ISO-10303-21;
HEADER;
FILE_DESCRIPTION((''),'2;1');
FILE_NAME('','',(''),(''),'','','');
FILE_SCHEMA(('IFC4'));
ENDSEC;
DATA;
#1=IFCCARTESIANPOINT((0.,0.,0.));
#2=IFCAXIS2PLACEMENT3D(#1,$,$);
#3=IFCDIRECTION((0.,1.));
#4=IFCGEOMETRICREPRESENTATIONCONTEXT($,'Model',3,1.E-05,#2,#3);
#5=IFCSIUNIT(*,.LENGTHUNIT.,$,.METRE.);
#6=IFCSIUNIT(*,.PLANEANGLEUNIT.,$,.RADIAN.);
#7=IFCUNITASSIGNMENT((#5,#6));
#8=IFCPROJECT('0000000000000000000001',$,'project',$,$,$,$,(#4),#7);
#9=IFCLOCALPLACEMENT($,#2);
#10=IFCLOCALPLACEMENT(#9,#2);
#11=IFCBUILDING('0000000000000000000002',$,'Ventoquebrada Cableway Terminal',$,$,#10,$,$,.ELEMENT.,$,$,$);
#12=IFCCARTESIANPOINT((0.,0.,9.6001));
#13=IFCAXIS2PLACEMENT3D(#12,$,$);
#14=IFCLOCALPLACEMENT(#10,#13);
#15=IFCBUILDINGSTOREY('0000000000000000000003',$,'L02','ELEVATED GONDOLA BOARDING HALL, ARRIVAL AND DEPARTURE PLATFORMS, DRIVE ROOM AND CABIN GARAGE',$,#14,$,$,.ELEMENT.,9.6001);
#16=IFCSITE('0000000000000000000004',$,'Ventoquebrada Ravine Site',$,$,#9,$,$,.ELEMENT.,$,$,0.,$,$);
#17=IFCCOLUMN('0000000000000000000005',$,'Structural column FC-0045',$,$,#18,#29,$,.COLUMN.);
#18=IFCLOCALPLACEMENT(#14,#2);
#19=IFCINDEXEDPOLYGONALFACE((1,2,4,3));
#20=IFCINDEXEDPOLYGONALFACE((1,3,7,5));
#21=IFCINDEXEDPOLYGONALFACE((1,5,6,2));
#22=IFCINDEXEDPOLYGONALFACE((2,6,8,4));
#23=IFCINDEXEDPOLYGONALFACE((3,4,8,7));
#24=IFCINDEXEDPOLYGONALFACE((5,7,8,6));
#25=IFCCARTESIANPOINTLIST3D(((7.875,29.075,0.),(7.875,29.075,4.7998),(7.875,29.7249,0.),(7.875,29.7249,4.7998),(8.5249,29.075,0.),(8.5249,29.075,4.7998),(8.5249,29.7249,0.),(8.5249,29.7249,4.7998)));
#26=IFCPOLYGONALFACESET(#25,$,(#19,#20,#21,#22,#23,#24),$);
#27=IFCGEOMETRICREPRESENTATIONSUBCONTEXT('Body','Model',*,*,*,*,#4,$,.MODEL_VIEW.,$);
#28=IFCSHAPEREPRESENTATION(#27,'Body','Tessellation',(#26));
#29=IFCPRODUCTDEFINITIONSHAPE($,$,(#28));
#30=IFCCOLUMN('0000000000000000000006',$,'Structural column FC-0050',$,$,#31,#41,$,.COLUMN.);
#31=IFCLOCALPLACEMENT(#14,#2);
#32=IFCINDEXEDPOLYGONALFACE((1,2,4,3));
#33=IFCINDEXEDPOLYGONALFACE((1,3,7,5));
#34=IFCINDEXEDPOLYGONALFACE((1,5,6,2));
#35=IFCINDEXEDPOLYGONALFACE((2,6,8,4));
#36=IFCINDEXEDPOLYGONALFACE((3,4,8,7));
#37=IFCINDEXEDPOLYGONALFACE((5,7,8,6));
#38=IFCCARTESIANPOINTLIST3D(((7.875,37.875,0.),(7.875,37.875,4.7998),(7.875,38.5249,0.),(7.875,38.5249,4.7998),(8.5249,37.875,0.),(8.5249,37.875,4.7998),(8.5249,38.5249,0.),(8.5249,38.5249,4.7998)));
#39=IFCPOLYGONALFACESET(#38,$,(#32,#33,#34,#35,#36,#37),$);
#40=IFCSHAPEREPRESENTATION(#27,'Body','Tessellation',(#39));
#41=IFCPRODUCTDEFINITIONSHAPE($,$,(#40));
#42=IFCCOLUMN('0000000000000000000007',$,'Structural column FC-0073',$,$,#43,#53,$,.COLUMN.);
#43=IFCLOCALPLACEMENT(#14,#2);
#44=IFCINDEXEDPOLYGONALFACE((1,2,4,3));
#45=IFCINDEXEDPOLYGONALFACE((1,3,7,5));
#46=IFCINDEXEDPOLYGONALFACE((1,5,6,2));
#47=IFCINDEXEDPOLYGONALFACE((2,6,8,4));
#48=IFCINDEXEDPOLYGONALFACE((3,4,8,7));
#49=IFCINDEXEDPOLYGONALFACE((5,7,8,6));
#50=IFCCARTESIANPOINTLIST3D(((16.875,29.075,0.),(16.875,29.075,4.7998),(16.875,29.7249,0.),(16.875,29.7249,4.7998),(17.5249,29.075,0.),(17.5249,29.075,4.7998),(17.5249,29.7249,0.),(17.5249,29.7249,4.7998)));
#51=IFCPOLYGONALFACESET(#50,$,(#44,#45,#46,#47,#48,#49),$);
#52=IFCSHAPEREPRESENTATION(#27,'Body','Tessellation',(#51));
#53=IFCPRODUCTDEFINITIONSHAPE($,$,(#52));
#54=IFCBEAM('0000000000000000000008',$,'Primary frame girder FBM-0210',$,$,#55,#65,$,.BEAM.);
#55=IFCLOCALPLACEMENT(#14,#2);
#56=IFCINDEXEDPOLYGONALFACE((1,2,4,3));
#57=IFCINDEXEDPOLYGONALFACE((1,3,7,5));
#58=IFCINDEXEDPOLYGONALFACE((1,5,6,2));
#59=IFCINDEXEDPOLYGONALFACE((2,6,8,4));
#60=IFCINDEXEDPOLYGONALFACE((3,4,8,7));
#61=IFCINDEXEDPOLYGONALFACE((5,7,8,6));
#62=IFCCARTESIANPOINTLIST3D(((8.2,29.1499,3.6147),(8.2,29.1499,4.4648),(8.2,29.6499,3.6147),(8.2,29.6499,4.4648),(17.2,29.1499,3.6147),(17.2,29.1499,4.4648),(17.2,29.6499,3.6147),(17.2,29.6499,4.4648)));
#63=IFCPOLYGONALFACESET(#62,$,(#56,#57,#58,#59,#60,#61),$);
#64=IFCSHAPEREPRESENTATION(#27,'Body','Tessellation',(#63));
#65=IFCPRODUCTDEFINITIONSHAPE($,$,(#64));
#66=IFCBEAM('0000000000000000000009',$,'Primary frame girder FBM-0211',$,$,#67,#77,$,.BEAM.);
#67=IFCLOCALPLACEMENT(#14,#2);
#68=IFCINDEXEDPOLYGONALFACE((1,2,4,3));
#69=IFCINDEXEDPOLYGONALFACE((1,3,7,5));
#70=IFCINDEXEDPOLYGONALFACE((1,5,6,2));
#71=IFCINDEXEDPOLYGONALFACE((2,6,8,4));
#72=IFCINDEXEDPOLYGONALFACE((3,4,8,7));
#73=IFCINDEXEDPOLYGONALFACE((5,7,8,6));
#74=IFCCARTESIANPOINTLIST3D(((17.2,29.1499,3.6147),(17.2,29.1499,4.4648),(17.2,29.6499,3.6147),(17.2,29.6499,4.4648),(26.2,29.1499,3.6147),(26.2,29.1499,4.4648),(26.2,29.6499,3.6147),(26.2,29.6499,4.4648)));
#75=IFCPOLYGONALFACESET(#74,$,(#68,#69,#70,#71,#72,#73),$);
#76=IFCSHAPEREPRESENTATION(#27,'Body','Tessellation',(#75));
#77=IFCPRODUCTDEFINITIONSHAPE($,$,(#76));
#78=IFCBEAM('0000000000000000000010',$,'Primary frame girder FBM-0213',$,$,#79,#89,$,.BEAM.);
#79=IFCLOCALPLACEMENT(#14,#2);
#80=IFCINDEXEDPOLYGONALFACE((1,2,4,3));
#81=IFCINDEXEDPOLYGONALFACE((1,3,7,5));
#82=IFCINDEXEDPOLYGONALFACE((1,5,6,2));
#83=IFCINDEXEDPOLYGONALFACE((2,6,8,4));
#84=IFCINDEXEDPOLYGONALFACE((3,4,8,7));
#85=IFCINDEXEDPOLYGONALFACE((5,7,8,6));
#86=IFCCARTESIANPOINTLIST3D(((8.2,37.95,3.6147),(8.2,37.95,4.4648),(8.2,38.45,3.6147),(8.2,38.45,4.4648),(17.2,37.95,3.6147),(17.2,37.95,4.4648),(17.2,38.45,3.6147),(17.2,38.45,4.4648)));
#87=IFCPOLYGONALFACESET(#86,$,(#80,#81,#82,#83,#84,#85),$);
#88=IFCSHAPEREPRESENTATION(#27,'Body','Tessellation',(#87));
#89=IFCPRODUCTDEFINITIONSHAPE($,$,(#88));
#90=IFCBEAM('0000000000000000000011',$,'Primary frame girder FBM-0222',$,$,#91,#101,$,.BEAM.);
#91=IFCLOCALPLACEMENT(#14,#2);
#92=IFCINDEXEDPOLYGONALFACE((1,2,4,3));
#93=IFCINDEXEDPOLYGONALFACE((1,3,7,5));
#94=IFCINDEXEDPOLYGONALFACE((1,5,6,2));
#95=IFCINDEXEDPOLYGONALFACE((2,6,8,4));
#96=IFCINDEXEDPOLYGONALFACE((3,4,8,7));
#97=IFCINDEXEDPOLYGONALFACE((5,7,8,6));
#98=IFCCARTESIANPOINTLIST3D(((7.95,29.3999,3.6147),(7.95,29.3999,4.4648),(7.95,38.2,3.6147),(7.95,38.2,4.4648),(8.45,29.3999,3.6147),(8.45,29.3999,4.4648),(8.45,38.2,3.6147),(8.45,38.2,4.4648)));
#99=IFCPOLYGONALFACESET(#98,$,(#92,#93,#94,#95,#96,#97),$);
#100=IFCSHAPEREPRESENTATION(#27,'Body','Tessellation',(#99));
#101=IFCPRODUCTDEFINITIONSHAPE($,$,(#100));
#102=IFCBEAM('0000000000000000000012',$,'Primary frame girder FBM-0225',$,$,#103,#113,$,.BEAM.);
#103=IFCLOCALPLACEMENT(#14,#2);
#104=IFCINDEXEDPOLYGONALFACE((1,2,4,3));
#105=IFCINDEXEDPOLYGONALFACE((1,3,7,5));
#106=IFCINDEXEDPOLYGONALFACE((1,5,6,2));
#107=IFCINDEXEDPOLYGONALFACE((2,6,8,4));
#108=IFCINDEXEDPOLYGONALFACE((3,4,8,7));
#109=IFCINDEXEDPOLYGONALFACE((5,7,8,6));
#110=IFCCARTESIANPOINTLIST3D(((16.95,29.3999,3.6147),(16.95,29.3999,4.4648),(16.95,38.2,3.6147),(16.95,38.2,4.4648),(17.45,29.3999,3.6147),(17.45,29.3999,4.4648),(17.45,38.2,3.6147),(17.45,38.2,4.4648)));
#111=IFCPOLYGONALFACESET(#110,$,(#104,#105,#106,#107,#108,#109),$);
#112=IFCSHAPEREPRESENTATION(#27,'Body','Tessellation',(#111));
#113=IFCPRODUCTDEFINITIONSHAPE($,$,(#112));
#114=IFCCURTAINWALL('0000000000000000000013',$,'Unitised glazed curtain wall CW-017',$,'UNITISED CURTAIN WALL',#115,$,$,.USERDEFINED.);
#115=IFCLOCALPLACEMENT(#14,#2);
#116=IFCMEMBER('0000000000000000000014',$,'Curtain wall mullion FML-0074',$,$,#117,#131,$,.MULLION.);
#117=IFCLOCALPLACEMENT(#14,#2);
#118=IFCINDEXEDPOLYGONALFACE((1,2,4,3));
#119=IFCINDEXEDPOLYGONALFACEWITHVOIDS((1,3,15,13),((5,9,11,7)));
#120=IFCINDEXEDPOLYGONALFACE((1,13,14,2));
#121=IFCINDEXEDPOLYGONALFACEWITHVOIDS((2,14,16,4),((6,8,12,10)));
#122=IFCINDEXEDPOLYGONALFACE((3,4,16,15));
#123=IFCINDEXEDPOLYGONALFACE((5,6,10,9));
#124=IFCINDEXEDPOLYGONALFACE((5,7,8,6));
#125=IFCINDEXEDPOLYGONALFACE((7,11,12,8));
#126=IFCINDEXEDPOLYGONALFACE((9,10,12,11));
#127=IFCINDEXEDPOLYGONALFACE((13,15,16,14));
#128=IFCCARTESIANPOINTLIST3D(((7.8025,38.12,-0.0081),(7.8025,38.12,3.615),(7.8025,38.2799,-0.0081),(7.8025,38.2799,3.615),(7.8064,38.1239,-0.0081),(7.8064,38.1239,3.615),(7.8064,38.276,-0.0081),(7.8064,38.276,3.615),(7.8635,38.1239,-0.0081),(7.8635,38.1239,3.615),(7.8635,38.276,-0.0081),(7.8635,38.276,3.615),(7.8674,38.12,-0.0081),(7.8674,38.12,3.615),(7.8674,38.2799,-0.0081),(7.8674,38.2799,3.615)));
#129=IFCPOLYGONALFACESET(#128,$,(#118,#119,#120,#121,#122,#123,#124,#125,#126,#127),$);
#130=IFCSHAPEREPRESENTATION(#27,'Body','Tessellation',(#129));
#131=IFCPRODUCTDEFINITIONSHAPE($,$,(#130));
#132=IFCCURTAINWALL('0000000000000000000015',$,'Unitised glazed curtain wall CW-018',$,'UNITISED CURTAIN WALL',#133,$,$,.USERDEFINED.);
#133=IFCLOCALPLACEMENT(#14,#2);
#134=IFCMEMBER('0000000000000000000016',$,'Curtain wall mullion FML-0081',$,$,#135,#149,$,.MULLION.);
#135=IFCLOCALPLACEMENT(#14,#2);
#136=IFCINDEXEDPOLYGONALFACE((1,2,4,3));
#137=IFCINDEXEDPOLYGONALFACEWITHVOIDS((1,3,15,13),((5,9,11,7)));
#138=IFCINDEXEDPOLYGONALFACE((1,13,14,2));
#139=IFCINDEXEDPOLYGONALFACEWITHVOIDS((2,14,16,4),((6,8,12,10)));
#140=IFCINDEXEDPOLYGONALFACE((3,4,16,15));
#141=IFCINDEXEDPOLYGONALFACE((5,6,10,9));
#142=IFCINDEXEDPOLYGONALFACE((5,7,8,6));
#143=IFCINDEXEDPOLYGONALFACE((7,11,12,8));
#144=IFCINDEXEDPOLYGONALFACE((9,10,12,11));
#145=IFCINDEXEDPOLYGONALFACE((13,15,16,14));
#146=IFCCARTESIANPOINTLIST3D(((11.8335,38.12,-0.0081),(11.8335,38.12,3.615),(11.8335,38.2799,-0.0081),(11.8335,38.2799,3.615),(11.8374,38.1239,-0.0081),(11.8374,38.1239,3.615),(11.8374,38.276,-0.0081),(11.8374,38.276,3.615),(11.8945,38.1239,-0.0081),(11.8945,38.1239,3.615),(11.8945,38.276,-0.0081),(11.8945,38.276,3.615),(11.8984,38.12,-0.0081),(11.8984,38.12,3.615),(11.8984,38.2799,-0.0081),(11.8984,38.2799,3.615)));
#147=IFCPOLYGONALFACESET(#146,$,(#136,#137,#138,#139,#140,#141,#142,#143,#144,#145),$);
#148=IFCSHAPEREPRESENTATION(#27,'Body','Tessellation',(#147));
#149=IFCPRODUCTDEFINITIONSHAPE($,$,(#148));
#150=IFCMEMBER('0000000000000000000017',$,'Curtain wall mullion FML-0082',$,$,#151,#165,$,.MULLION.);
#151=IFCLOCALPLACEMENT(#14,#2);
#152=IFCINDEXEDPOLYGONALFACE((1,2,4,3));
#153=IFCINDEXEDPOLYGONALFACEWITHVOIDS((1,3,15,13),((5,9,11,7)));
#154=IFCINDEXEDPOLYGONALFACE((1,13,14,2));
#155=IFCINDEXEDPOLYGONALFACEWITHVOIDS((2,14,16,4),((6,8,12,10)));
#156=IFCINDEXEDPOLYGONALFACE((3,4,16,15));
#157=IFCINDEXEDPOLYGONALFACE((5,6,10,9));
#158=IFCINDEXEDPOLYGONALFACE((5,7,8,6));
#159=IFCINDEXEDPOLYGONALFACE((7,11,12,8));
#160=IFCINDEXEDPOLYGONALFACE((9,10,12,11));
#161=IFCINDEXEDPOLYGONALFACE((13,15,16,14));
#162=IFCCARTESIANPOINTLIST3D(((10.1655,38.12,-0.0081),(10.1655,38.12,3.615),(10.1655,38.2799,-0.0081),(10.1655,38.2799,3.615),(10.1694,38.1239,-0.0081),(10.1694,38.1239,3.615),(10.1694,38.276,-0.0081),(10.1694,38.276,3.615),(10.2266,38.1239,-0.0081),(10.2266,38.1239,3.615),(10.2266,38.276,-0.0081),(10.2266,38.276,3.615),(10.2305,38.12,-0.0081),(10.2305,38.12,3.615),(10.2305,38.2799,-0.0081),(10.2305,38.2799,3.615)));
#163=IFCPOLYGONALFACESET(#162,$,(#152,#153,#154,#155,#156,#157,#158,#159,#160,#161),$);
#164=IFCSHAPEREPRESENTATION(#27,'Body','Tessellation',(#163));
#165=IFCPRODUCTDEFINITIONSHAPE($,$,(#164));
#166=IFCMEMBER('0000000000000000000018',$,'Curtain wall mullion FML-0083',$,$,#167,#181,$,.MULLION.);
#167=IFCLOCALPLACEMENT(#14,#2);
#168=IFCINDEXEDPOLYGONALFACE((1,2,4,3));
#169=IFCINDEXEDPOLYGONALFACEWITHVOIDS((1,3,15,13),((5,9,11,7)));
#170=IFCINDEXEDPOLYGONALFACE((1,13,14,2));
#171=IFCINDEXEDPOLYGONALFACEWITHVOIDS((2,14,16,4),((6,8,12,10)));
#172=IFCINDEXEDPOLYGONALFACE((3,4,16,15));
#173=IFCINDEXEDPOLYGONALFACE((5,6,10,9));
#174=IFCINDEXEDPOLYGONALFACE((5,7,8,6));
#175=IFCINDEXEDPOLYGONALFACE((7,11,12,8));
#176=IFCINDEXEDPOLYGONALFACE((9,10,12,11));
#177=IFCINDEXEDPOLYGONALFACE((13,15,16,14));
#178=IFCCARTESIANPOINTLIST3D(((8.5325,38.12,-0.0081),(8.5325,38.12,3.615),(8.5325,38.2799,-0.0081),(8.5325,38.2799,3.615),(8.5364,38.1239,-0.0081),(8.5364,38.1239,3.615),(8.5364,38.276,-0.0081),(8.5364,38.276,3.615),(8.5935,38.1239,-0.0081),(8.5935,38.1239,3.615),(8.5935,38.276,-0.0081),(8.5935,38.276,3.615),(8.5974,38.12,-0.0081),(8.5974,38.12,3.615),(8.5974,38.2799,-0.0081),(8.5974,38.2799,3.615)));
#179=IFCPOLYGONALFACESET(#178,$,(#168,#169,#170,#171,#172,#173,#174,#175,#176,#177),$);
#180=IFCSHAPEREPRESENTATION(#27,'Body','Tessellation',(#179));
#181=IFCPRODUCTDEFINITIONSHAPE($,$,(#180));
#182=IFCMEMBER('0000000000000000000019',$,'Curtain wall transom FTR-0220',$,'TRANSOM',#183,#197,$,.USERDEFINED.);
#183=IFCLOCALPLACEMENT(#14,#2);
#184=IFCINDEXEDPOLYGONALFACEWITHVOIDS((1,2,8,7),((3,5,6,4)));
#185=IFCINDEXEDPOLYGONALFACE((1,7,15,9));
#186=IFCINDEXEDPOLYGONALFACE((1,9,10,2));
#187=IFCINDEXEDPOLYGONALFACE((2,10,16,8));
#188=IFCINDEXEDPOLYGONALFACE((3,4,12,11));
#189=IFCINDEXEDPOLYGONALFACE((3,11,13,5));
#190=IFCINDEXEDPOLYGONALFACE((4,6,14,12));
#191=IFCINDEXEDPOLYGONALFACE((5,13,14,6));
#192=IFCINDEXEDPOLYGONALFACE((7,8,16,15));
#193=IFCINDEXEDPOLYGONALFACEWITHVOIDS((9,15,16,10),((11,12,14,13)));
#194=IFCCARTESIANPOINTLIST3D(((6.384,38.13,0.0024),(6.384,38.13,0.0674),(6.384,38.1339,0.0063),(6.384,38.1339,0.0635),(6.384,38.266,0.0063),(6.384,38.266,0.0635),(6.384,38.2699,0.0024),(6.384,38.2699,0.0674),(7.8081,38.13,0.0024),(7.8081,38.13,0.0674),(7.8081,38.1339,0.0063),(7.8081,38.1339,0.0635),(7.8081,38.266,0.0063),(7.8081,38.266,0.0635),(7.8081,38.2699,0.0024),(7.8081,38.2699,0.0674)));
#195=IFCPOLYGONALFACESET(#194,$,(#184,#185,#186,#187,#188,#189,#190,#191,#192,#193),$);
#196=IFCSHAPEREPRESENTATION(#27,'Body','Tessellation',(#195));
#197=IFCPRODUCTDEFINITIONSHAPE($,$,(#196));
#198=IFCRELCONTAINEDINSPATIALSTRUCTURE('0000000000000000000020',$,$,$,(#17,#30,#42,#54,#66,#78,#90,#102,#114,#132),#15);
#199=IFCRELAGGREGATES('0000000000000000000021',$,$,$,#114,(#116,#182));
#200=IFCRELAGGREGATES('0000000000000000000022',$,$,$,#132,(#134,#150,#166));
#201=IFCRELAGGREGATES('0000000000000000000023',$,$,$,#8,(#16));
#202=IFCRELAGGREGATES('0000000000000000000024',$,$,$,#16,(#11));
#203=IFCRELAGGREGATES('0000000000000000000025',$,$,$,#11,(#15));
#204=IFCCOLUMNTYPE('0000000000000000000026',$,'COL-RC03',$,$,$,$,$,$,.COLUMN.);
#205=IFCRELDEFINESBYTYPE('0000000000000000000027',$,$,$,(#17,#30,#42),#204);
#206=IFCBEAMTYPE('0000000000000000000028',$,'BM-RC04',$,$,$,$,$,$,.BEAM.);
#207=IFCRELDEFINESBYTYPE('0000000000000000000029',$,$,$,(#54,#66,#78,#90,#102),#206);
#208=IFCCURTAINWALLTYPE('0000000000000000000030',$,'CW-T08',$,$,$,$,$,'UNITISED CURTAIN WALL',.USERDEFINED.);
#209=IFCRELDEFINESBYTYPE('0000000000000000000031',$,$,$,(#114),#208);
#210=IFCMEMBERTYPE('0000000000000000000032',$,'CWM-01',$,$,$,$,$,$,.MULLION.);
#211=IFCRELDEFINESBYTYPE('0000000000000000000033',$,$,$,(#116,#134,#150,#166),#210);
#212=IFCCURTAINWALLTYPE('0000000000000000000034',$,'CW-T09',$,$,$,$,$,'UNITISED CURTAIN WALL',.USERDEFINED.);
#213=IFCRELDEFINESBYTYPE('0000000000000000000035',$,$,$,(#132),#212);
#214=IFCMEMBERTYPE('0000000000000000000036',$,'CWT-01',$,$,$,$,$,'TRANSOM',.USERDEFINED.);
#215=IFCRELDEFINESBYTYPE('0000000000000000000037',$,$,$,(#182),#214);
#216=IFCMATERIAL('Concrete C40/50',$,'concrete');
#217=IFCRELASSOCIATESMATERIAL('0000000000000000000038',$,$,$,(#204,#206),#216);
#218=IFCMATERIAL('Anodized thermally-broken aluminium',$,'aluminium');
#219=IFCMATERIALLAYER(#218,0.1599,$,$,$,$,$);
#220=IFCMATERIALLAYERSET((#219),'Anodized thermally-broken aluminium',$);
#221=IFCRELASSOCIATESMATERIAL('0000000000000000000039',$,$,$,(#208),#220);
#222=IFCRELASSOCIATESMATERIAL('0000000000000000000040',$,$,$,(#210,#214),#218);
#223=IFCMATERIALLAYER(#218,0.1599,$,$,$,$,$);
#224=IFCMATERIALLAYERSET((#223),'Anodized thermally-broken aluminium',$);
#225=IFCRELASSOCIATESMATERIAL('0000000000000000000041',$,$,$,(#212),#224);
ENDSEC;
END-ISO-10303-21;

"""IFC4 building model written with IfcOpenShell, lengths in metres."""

from ifc_helpers import new_model, si_unit, direction, frame, origin, origin_2d, place, context, subcontext, project, spatial, rectangle, hollow_rectangle, extrude, material, layer, layer_set, material_profile, profile_set, type_object, element, aggregate, save


model = new_model("IFC4")

# Units and contexts
model_context = context("Model", 3, precision=1e-05, world=origin(), true_north=direction((0.0, 1.0)))
body_context = subcontext(model_context, "Body", "Model", "MODEL_VIEW")
ifc_project = project(units=[si_unit("LENGTHUNIT", "METRE"), si_unit("PLANEANGLEUNIT", "RADIAN")], contexts=[model_context])

# Site, building, storey
site_placement = place(None, origin())
site = spatial("IfcSite", under=ifc_project, at=site_placement, Name="Ventoquebrada Ravine Site", CompositionType="ELEMENT", RefElevation=0.0)
building_placement = place(site_placement, origin())
building = spatial("IfcBuilding", under=site, at=building_placement, Name="Ventoquebrada Cableway Terminal", CompositionType="ELEMENT")
storey_placement = place(building_placement, frame((0.0, 0.0, 9.6001)))
storey = spatial("IfcBuildingStorey", under=building, at=storey_placement, Name="L02", Description="ELEVATED GONDOLA BOARDING HALL, ARRIVAL AND DEPARTURE PLATFORMS, DRIVE ROOM AND CABIN GARAGE", CompositionType="ELEMENT", Elevation=9.6001)

# Columns
ifc_material_1 = material(Name="Concrete C40/50", Category="concrete")
ifc_material_profile_1 = material_profile(ifc_material_1, rectangle(XDim=0.6499, YDim=0.6499, at=origin_2d()), Name="RC-COL-650X650")
ifc_profile_set_1 = profile_set([ifc_material_profile_1], Name="Concrete C40/50")
column_type = type_object("IfcColumnType", Name="COL-RC03", PredefinedType="COLUMN", material=ifc_profile_set_1)
for number, where, z_axis, x_axis, name in (
    (1, (8.2, 29.3999, 0.0), (0.0, 0.0, 1.0), (1.0, 0.0, 0.0), "Structural column FC-0045"),
    (2, (8.2, 38.2, 0.0), (0.0, 0.0, 1.0), (1.0, 0.0, 0.0), "Structural column FC-0050"),
    (3, (17.2, 29.3999, 0.0), (0.0, 0.0, 1.0), (1.0, 0.0, 0.0), "Structural column FC-0073"),
):
    element("IfcColumn", number, at=place(storey_placement, frame(where, z_axis=z_axis, x_axis=x_axis)), inside=storey, type_object=column_type, Name=name, PredefinedType="COLUMN", context=body_context, shape_type="SweptSolid", body=[
        extrude(rectangle(XDim=0.6499, YDim=0.6499, at=origin_2d()), origin(), (0.0, 0.0, 1.0), 4.7998),
    ])

# Beams
ifc_material_profile_2 = material_profile(ifc_material_1, rectangle(XDim=0.5, YDim=0.8501, at=origin_2d()), Name="RC-BM-500X850")
ifc_profile_set_2 = profile_set([ifc_material_profile_2], Name="Concrete C40/50")
beam_type_1 = type_object("IfcBeamType", Name="BM-RC04", PredefinedType="BEAM", material=ifc_profile_set_2)
for number, where, z_axis, x_axis, name in (
    (4, (8.2, 29.3999, 4.0398), (1.0, 0.0, 0.0), (0.0, 1.0, 0.0), "Primary frame girder FBM-0210"),
    (5, (17.2, 29.3999, 4.0398), (1.0, 0.0, 0.0), (0.0, 1.0, 0.0), "Primary frame girder FBM-0211"),
    (6, (8.2, 38.2, 4.0398), (1.0, 0.0, 0.0), (0.0, 1.0, 0.0), "Primary frame girder FBM-0213"),
):
    element("IfcBeam", number, at=place(storey_placement, frame(where, z_axis=z_axis, x_axis=x_axis)), inside=storey, type_object=beam_type_1, Name=name, PredefinedType="BEAM", context=body_context, shape_type="SweptSolid", body=[
        extrude(rectangle(XDim=0.5, YDim=0.8501, at=origin_2d()), origin(), (0.0, 0.0, 1.0), 9.0),
    ])
for number, where, z_axis, x_axis, name in (
    (7, (8.2, 29.3999, 4.0398), (0.0, 1.0, 0.0), (-1.0, 0.0, 0.0), "Primary frame girder FBM-0222"),
    (8, (17.2, 29.3999, 4.0398), (0.0, 1.0, 0.0), (-1.0, 0.0, 0.0), "Primary frame girder FBM-0225"),
):
    element("IfcBeam", number, at=place(storey_placement, frame(where, z_axis=z_axis, x_axis=x_axis)), inside=storey, type_object=beam_type_1, Name=name, PredefinedType="BEAM", context=body_context, shape_type="SweptSolid", body=[
        extrude(rectangle(XDim=0.5, YDim=0.8501, at=origin_2d()), origin(), (0.0, 0.0, 1.0), 8.8),
    ])

# Curtain wall, member
ifc_material_2 = material(Name="Anodized thermally-broken aluminium", Category="aluminium")
ifc_layer_1 = layer(ifc_material_2, 0.1599)
ifc_layer_set_1 = layer_set([ifc_layer_1], Name="Anodized thermally-broken aluminium")
curtain_wall_type_1 = type_object("IfcCurtainWallType", Name="CW-T08", ElementType="UNITISED CURTAIN WALL", PredefinedType="USERDEFINED", material=ifc_layer_set_1)
curtain_wall_1_placement = place(storey_placement, origin())
curtain_wall_1 = element("IfcCurtainWall", 9, at=curtain_wall_1_placement, inside=storey, type_object=curtain_wall_type_1, Name="Unitised glazed curtain wall CW-017", ObjectType="UNITISED CURTAIN WALL", PredefinedType="USERDEFINED")
ifc_material_profile_3 = material_profile(ifc_material_2, hollow_rectangle(XDim=0.0649, YDim=0.1599, WallThickness=0.0039, at=origin_2d()), Name="CW-MUL-65X160")
ifc_profile_set_3 = profile_set([ifc_material_profile_3], Name="Anodized thermally-broken aluminium")
member_type_1 = type_object("IfcMemberType", Name="CWM-01", PredefinedType="MULLION", material=ifc_profile_set_3)
member_1_placement = place(storey_placement, frame((7.835, 38.2, -0.0081), z_axis=(0.0, 0.0, 1.0), x_axis=(-1.0, 0.0, 0.0)))
member_1 = element("IfcMember", 10, at=member_1_placement, type_object=member_type_1, Name="Curtain wall mullion FML-0074", PredefinedType="MULLION", context=body_context, shape_type="SweptSolid", body=[
    extrude(hollow_rectangle(XDim=0.0649, YDim=0.1599, WallThickness=0.0039, at=origin_2d()), origin(), (0.0, 0.0, 1.0), 3.623),
])

# Curtain wall, members
ifc_layer_2 = layer(ifc_material_2, 0.1599)
ifc_layer_set_2 = layer_set([ifc_layer_2], Name="Anodized thermally-broken aluminium")
curtain_wall_type_2 = type_object("IfcCurtainWallType", Name="CW-T09", ElementType="UNITISED CURTAIN WALL", PredefinedType="USERDEFINED", material=ifc_layer_set_2)
curtain_wall_2_placement = place(storey_placement, origin())
curtain_wall_2 = element("IfcCurtainWall", 11, at=curtain_wall_2_placement, inside=storey, type_object=curtain_wall_type_2, Name="Unitised glazed curtain wall CW-018", ObjectType="UNITISED CURTAIN WALL", PredefinedType="USERDEFINED")
member_2_placement = place(storey_placement, frame((11.866, 38.2, -0.0081), z_axis=(0.0, 0.0, 1.0), x_axis=(-1.0, 0.0, 0.0)))
member_2 = element("IfcMember", 12, at=member_2_placement, type_object=member_type_1, Name="Curtain wall mullion FML-0081", PredefinedType="MULLION", context=body_context, shape_type="SweptSolid", body=[
    extrude(hollow_rectangle(XDim=0.0649, YDim=0.1599, WallThickness=0.0039, at=origin_2d()), origin(), (0.0, 0.0, 1.0), 3.623),
])
member_3_placement = place(storey_placement, frame((10.198, 38.2, -0.0081), z_axis=(0.0, 0.0, 1.0), x_axis=(-1.0, 0.0, 0.0)))
member_3 = element("IfcMember", 13, at=member_3_placement, type_object=member_type_1, Name="Curtain wall mullion FML-0082", PredefinedType="MULLION", context=body_context, shape_type="SweptSolid", body=[
    extrude(hollow_rectangle(XDim=0.0649, YDim=0.1599, WallThickness=0.0039, at=origin_2d()), origin(), (0.0, 0.0, 1.0), 3.623),
])
member_4_placement = place(storey_placement, frame((8.5649, 38.2, -0.0081), z_axis=(0.0, 0.0, 1.0), x_axis=(-1.0, 0.0, 0.0)))
member_4 = element("IfcMember", 14, at=member_4_placement, type_object=member_type_1, Name="Curtain wall mullion FML-0083", PredefinedType="MULLION", context=body_context, shape_type="SweptSolid", body=[
    extrude(hollow_rectangle(XDim=0.0649, YDim=0.1599, WallThickness=0.0039, at=origin_2d()), origin(), (0.0, 0.0, 1.0), 3.623),
])

# Member
ifc_material_profile_4 = material_profile(ifc_material_2, hollow_rectangle(XDim=0.0649, YDim=0.1399, WallThickness=0.0039, at=origin_2d()), Name="CW-TRN-65X140")
ifc_profile_set_4 = profile_set([ifc_material_profile_4], Name="Anodized thermally-broken aluminium")
member_type_2 = type_object("IfcMemberType", Name="CWT-01", ElementType="TRANSOM", PredefinedType="USERDEFINED", material=ifc_profile_set_4)
member_5_placement = place(storey_placement, frame((7.8081, 38.2, 0.0349), z_axis=(-1.0, 0.0, 0.0), x_axis=(0.0, 0.0, 1.0)))
member_5 = element("IfcMember", 15, at=member_5_placement, type_object=member_type_2, Name="Curtain wall transom FTR-0220", ObjectType="TRANSOM", PredefinedType="USERDEFINED", context=body_context, shape_type="SweptSolid", body=[
    extrude(hollow_rectangle(XDim=0.0649, YDim=0.1399, WallThickness=0.0039, at=origin_2d()), origin(), (0.0, 0.0, 1.0), 1.4241),
])
aggregate(curtain_wall_1, [member_1, member_5])

aggregate(curtain_wall_2, [member_2, member_3, member_4])

save(model, "model.ifc")
